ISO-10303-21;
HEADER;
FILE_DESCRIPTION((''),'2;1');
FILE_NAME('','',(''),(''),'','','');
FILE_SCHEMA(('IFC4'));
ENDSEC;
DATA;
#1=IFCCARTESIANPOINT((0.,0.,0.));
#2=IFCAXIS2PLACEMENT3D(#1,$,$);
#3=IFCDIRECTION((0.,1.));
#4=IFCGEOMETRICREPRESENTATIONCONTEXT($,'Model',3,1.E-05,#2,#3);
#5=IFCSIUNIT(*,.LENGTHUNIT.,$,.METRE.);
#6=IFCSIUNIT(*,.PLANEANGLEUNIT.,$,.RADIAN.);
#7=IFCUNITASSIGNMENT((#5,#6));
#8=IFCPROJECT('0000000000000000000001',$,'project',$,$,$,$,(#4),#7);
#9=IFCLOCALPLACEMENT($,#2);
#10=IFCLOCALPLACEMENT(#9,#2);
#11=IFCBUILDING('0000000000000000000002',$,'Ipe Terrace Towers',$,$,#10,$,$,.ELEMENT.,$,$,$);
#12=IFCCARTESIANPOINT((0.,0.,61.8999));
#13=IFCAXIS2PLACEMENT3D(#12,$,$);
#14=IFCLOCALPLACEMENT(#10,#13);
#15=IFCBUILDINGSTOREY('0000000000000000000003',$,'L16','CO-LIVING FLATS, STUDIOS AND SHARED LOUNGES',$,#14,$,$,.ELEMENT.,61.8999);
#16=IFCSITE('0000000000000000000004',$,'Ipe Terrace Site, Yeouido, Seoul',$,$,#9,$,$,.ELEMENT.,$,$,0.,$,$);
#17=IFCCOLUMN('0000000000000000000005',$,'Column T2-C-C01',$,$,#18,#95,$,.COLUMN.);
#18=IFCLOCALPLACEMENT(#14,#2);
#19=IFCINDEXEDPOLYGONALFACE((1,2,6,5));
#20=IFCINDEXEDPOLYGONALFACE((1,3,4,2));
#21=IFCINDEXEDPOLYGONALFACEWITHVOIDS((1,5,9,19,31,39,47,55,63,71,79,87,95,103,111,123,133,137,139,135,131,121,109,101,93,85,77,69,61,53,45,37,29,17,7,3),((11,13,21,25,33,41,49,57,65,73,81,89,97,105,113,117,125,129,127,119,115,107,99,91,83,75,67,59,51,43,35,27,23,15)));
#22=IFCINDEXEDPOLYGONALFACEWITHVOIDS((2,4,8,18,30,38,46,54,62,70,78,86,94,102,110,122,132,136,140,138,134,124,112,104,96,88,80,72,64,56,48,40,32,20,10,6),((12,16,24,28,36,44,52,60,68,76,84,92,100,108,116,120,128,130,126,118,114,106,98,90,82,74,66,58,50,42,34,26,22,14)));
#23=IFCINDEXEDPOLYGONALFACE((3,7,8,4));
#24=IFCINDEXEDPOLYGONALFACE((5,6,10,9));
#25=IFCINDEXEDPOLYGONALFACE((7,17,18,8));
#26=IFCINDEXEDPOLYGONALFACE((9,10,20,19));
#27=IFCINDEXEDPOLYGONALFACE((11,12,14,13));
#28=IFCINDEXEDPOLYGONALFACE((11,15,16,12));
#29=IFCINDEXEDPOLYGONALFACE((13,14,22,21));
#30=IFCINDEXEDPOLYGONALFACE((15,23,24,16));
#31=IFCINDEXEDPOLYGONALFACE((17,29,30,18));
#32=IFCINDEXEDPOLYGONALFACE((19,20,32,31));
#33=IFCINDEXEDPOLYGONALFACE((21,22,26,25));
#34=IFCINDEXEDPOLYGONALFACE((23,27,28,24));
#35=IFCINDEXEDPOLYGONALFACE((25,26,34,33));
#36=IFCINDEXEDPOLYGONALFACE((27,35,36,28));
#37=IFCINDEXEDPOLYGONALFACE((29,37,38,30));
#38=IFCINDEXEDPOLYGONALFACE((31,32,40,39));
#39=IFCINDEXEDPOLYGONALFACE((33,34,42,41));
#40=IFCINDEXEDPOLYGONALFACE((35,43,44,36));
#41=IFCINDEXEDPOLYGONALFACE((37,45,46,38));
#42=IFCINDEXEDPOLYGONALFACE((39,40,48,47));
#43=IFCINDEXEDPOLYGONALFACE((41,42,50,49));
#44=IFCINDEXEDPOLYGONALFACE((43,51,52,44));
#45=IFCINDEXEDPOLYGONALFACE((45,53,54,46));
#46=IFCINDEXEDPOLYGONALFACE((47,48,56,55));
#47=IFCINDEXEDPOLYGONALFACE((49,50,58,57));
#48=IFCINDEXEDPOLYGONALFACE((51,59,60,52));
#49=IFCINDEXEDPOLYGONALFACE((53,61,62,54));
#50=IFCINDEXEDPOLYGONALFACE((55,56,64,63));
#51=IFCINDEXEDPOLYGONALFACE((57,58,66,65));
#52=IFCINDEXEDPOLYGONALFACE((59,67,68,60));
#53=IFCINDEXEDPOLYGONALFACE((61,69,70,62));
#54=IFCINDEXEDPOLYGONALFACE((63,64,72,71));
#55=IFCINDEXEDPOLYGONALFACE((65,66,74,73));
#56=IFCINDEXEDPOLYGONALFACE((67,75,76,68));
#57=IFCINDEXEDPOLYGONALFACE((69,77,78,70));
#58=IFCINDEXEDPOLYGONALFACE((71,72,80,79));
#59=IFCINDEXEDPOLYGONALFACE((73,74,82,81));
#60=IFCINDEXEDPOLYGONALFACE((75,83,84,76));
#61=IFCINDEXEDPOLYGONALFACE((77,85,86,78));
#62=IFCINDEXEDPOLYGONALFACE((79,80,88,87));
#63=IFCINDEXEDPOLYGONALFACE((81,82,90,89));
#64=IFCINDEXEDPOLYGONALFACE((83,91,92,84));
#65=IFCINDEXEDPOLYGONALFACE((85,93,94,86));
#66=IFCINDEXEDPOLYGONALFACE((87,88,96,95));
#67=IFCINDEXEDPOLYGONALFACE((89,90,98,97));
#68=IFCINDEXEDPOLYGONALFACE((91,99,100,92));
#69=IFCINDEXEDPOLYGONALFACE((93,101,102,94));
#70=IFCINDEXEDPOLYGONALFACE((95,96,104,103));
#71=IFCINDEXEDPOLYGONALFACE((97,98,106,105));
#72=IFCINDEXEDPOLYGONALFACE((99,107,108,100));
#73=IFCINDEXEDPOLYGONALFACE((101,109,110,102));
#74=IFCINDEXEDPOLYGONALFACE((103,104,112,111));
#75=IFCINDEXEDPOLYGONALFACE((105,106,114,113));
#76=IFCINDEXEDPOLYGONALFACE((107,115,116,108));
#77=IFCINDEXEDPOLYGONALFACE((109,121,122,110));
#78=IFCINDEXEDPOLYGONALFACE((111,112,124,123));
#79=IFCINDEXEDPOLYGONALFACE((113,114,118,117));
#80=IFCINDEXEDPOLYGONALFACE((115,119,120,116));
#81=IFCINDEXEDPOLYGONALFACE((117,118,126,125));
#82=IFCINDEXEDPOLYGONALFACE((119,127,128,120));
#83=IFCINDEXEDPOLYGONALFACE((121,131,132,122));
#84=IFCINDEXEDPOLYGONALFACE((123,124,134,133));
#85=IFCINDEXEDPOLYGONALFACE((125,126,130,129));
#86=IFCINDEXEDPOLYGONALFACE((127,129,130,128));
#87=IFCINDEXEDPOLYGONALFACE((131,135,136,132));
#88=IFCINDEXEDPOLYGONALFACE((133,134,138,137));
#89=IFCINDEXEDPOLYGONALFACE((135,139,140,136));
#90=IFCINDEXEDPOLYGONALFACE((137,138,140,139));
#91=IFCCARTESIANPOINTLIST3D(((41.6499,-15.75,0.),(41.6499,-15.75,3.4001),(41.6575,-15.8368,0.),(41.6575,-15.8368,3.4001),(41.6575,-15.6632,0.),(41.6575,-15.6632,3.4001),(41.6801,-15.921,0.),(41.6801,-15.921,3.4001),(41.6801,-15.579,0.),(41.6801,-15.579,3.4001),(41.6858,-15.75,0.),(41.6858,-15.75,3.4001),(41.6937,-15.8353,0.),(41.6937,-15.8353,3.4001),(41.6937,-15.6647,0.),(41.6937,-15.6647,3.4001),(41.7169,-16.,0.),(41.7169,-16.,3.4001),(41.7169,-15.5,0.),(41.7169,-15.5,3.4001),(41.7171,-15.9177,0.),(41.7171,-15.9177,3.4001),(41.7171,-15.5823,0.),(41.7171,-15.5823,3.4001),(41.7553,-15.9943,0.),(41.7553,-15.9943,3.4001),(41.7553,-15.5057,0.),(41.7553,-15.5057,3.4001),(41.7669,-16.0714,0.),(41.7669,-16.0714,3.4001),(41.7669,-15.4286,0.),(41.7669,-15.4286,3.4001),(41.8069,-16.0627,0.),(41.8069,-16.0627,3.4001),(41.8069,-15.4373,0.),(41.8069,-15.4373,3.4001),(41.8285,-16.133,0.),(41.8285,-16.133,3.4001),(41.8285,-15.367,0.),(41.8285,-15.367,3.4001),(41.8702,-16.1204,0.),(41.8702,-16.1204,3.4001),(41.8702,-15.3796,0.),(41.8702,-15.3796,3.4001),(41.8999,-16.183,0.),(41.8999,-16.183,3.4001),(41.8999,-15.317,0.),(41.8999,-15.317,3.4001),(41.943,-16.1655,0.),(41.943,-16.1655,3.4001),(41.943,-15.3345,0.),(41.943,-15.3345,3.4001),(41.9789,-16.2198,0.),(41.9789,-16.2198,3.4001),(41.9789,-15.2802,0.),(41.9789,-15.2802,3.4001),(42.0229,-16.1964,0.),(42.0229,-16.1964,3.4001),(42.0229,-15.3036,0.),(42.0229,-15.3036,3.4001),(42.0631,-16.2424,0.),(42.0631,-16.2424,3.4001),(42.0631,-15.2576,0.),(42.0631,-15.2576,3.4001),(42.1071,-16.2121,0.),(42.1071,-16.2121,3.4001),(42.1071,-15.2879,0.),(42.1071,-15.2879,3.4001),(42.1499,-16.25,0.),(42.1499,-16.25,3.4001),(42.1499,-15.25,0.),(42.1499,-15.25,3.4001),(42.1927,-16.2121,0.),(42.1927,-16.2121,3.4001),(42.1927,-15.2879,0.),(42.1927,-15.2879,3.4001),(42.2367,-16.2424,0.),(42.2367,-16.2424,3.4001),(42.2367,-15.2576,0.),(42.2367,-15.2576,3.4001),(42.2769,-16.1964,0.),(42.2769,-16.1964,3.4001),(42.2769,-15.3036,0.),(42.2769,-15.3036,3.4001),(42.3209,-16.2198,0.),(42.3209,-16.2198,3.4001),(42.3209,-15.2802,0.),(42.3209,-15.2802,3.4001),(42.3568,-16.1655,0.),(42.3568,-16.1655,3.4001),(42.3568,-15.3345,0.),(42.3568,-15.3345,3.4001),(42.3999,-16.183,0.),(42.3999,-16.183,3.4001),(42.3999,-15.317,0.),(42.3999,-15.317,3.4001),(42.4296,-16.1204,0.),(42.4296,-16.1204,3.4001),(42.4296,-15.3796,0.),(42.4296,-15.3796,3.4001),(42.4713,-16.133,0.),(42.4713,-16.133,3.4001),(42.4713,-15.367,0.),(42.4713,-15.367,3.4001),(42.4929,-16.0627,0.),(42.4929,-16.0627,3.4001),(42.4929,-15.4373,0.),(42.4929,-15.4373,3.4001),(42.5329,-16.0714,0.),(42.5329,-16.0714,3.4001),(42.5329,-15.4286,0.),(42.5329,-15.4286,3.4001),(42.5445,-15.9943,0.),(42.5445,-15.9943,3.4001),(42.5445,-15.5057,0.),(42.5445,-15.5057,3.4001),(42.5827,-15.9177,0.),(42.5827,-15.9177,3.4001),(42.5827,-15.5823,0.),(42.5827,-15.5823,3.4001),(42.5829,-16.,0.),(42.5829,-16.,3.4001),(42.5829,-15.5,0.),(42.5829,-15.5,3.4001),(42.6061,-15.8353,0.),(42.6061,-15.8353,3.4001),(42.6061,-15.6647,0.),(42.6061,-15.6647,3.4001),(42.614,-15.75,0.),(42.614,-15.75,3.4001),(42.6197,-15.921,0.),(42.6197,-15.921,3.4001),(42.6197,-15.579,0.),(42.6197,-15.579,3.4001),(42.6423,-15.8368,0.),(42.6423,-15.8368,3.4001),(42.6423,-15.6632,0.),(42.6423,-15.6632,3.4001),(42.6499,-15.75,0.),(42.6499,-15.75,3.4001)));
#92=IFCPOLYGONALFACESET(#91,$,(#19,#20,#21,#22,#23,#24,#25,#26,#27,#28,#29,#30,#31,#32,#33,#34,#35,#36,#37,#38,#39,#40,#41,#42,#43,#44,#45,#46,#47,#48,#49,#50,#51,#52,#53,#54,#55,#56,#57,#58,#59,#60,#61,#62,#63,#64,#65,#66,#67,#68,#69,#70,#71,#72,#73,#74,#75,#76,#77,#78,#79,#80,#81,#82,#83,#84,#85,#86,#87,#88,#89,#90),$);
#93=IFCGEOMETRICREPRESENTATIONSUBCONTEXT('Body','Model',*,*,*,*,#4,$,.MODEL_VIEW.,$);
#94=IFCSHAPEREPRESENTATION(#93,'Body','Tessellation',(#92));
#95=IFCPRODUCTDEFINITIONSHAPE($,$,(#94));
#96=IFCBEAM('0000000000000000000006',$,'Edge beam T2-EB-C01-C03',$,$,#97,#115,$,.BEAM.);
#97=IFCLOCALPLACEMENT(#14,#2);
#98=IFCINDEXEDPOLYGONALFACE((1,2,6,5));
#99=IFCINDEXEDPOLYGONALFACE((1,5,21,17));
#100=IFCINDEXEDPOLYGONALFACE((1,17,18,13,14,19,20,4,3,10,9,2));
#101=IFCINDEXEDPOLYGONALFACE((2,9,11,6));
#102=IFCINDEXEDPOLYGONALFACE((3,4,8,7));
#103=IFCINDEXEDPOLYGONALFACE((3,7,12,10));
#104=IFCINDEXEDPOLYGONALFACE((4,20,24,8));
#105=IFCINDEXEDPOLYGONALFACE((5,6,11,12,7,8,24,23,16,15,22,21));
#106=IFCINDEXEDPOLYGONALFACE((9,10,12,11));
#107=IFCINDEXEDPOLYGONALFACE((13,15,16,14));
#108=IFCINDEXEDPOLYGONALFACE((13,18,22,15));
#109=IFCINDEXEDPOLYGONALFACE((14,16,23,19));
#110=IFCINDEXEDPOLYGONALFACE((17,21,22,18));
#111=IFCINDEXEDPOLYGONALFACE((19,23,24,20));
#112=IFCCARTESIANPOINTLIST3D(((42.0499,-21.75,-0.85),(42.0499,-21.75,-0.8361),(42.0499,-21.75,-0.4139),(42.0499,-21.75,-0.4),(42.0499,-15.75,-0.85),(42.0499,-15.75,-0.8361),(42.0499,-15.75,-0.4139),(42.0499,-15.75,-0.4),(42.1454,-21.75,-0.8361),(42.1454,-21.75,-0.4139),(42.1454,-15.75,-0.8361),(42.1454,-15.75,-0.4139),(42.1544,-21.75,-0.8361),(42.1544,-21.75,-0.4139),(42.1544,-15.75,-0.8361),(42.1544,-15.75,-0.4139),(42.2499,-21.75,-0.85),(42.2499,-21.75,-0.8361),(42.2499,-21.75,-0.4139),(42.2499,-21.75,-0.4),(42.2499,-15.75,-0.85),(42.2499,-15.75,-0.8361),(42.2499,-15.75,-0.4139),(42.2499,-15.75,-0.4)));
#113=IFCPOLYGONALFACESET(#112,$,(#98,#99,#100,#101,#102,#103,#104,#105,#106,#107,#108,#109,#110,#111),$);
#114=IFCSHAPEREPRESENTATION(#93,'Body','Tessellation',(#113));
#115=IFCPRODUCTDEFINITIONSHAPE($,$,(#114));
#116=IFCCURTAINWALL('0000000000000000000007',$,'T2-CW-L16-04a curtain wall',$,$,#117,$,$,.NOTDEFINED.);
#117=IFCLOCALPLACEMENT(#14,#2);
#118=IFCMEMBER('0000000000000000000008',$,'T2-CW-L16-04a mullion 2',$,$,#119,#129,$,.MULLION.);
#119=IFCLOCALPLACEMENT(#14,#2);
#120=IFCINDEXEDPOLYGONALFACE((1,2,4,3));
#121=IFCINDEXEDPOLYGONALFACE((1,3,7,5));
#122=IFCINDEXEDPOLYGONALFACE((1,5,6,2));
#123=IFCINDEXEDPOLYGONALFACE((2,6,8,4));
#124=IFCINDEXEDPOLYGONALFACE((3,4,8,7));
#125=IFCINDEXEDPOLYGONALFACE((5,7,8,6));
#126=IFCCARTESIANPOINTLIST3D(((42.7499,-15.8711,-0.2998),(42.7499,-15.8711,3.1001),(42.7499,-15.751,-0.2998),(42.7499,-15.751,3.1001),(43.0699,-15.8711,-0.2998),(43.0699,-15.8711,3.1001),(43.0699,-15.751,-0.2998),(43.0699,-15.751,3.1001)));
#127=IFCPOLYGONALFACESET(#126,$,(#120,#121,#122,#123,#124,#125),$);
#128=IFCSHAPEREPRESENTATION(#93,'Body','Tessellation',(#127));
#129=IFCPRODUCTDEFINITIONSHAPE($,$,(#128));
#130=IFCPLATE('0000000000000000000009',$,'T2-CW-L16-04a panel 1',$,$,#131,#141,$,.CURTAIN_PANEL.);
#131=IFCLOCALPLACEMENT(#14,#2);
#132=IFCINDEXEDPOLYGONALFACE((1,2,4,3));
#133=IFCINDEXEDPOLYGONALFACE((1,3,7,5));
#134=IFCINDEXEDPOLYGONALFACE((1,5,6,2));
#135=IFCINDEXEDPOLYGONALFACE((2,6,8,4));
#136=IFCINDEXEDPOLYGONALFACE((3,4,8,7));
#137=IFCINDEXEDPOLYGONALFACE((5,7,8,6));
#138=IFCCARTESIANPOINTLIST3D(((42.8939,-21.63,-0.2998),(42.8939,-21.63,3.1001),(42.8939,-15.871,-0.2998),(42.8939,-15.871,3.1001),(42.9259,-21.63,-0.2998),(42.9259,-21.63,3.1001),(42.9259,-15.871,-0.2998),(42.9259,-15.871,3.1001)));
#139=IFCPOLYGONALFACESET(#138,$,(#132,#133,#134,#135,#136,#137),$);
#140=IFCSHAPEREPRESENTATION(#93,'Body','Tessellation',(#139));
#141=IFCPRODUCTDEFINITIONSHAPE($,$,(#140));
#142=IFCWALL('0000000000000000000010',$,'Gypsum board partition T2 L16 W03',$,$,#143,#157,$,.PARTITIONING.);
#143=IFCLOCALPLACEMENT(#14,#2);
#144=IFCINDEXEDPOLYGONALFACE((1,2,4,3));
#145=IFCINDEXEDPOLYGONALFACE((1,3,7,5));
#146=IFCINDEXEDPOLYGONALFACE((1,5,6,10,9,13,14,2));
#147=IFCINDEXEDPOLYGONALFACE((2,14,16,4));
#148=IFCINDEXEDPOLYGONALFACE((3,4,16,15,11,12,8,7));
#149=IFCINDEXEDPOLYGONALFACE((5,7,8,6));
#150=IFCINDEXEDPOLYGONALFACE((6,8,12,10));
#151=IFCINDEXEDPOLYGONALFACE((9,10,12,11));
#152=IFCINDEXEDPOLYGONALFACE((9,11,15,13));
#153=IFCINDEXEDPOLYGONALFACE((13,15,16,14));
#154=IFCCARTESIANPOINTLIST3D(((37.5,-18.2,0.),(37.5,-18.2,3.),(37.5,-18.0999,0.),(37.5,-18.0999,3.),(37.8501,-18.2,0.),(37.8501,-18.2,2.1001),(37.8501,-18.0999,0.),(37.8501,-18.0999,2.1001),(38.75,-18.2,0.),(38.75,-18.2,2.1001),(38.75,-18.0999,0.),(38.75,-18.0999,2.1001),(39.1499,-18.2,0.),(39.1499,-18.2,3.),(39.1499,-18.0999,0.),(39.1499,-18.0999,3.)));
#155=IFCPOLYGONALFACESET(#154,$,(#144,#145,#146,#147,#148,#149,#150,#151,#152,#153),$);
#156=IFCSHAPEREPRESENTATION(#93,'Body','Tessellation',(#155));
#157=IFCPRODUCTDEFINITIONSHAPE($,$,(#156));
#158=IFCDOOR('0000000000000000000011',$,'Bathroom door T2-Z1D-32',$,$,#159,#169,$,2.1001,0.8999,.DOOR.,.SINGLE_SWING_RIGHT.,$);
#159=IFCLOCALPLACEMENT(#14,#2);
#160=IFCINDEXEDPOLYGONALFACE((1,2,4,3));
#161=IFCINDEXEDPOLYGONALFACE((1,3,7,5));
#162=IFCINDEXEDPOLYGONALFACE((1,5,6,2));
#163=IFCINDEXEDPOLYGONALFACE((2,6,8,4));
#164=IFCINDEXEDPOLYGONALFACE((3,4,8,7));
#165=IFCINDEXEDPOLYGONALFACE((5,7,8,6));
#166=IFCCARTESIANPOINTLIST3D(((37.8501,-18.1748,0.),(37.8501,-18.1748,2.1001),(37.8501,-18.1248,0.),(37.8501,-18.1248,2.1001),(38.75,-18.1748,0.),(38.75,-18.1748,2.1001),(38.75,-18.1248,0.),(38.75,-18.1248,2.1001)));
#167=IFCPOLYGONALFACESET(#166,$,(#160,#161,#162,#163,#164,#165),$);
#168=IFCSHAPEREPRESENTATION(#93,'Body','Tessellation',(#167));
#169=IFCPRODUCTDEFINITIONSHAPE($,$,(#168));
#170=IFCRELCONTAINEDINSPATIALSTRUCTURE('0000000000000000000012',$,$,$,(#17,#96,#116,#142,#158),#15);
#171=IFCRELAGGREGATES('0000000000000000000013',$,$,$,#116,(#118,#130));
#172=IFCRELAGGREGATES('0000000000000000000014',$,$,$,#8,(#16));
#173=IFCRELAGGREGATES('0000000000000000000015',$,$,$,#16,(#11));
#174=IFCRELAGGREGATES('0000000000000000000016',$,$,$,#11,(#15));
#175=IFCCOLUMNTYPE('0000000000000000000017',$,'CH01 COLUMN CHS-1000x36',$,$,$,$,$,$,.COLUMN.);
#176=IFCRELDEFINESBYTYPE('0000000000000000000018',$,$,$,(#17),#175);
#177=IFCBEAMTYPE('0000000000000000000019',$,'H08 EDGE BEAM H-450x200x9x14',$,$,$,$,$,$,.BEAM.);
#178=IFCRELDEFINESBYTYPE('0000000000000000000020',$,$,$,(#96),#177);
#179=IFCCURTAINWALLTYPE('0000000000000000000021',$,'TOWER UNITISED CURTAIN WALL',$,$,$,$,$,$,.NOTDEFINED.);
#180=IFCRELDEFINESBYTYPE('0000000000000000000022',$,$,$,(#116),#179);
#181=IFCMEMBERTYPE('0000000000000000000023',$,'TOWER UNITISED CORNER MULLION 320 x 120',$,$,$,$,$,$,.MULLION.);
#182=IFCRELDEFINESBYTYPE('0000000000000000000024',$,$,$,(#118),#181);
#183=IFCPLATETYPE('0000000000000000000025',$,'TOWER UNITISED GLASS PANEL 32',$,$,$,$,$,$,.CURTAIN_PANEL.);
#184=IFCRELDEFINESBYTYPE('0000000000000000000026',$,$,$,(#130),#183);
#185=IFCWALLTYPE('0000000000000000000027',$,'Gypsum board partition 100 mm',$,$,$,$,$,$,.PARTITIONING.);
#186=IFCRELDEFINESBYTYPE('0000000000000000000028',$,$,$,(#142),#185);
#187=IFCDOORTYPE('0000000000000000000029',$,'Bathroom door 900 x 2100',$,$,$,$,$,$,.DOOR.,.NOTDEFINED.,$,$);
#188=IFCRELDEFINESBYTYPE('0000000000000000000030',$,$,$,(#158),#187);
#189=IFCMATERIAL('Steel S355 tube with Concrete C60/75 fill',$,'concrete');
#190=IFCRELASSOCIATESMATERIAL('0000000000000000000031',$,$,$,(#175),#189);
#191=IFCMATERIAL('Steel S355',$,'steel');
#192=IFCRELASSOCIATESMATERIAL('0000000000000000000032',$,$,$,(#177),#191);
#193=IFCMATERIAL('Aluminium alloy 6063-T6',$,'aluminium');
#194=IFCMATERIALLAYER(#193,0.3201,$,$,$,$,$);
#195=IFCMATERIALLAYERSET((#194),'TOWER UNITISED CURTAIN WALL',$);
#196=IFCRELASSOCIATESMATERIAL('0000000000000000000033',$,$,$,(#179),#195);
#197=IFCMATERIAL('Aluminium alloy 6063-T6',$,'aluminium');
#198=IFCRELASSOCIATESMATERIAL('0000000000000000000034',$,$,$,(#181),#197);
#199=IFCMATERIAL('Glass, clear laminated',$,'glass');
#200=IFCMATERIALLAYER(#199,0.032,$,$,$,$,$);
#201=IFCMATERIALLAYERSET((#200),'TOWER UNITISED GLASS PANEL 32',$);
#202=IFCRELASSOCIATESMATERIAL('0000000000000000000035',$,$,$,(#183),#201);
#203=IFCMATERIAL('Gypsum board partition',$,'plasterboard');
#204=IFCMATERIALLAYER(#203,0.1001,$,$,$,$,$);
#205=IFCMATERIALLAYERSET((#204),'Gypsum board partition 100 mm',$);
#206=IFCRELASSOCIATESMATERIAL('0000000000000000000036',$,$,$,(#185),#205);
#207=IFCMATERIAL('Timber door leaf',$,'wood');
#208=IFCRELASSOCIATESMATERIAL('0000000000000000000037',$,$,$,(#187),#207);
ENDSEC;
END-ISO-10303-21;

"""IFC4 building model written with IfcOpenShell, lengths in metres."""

from ifc_helpers import new_model, si_unit, direction, frame, frame_2d, origin, origin_2d, place, context, subcontext, project, spatial, rectangle, hollow_circle, i_section, extrude, material, layer, layer_set, material_profile, profile_set, type_object, element, fill, aggregate, save


model = new_model("IFC4")

# Units and contexts
model_context = context("Model", 3, precision=1e-05, world=origin(), true_north=direction((0.0, 1.0)))
body_context = subcontext(model_context, "Body", "Model", "MODEL_VIEW")
ifc_project = project(units=[si_unit("LENGTHUNIT", "METRE"), si_unit("PLANEANGLEUNIT", "RADIAN")], contexts=[model_context])

# Site, building, storey
site_placement = place(None, origin())
site = spatial("IfcSite", under=ifc_project, at=site_placement, Name="Ipe Terrace Site, Yeouido, Seoul", CompositionType="ELEMENT", RefElevation=0.0)
building_placement = place(site_placement, origin())
building = spatial("IfcBuilding", under=site, at=building_placement, Name="Ipe Terrace Towers", CompositionType="ELEMENT")
storey_placement = place(building_placement, frame((0.0, 0.0, 61.8999)))
storey = spatial("IfcBuildingStorey", under=building, at=storey_placement, Name="L16", Description="CO-LIVING FLATS, STUDIOS AND SHARED LOUNGES", CompositionType="ELEMENT", Elevation=61.8999)

# Column
ifc_material_1 = material(Name="Steel S355 tube with Concrete C60/75 fill", Category="concrete")
ifc_material_profile_1 = material_profile(ifc_material_1, hollow_circle(Radius=0.5, WallThickness=0.0359, at=origin_2d()), Name="CHS-1000x36")
ifc_profile_set_1 = profile_set([ifc_material_profile_1], Name="Steel S355 tube with Concrete C60/75 fill")
column_type = type_object("IfcColumnType", Name="CH01 COLUMN CHS-1000x36", PredefinedType="COLUMN", material=ifc_profile_set_1)
column_placement = place(storey_placement, frame((42.1499, -15.75, 0.0), z_axis=(0.0, 0.0, 1.0), x_axis=(1.0, 0.0, 0.0)))
element("IfcColumn", 1, at=column_placement, inside=storey, type_object=column_type, Name="Column T2-C-C01", PredefinedType="COLUMN", context=body_context, shape_type="SweptSolid", body=[
    extrude(hollow_circle(Radius=0.5, WallThickness=0.0359, at=origin_2d()), origin(), (0.0, 0.0, 1.0), 3.4001),
])

# Beam
ifc_material_2 = material(Name="Steel S355", Category="steel")
ifc_material_profile_2 = material_profile(ifc_material_2, i_section(OverallWidth=0.2, OverallDepth=0.45, WebThickness=0.009, FlangeThickness=0.0139, at=origin_2d()), Name="H-450x200x9x14")
ifc_profile_set_2 = profile_set([ifc_material_profile_2], Name="Steel S355")
beam_type = type_object("IfcBeamType", Name="H08 EDGE BEAM H-450x200x9x14", PredefinedType="BEAM", material=ifc_profile_set_2)
beam_placement = place(storey_placement, frame((42.1499, -15.75, -0.625), z_axis=(0.0, -1.0, 0.0), x_axis=(1.0, 0.0, 0.0)))
element("IfcBeam", 2, at=beam_placement, inside=storey, type_object=beam_type, Name="Edge beam T2-EB-C01-C03", PredefinedType="BEAM", context=body_context, shape_type="SweptSolid", body=[
    extrude(i_section(OverallWidth=0.2, OverallDepth=0.45, WebThickness=0.009, FlangeThickness=0.0139, at=origin_2d()), origin(), (0.0, 0.0, 1.0), 6.0),
])

# Curtain wall, member, plate
ifc_material_3 = material(Name="Aluminium alloy 6063-T6", Category="aluminium")
ifc_layer_1 = layer(ifc_material_3, 0.3201)
ifc_layer_set_1 = layer_set([ifc_layer_1], Name="TOWER UNITISED CURTAIN WALL")
curtain_wall_type = type_object("IfcCurtainWallType", Name="TOWER UNITISED CURTAIN WALL", PredefinedType="NOTDEFINED", material=ifc_layer_set_1)
curtain_wall_placement = place(storey_placement, origin())
curtain_wall = element("IfcCurtainWall", 3, at=curtain_wall_placement, inside=storey, type_object=curtain_wall_type, Name="T2-CW-L16-04a curtain wall", PredefinedType="NOTDEFINED")
ifc_material_4 = material(Name="Aluminium alloy 6063-T6", Category="aluminium")
ifc_material_profile_3 = material_profile(ifc_material_4, rectangle(XDim=0.3201, YDim=0.1201, at=origin_2d()), Name="TOWER UNITISED CORNER MULLION 320 x 120")
ifc_profile_set_3 = profile_set([ifc_material_profile_3], Name="Aluminium alloy 6063-T6")
member_type = type_object("IfcMemberType", Name="TOWER UNITISED CORNER MULLION 320 x 120", PredefinedType="MULLION", material=ifc_profile_set_3)
member_placement = place(storey_placement, frame((42.9099, -15.811, -0.2998), z_axis=(0.0, 0.0, 1.0), x_axis=(1.0, 0.0, 0.0)))
member = element("IfcMember", 4, at=member_placement, type_object=member_type, Name="T2-CW-L16-04a mullion 2", PredefinedType="MULLION", context=body_context, shape_type="SweptSolid", body=[
    extrude(rectangle(XDim=0.3201, YDim=0.1201, at=origin_2d()), origin(), (0.0, 0.0, 1.0), 3.3999),
])
ifc_material_5 = material(Name="Glass, clear laminated", Category="glass")
ifc_layer_2 = layer(ifc_material_5, 0.032)
ifc_layer_set_2 = layer_set([ifc_layer_2], Name="TOWER UNITISED GLASS PANEL 32")
plate_type = type_object("IfcPlateType", Name="TOWER UNITISED GLASS PANEL 32", PredefinedType="CURTAIN_PANEL", material=ifc_layer_set_2)
plate_placement = place(storey_placement, frame((42.9099, -18.7505, -0.2998), z_axis=(0.0, 0.0, 1.0), x_axis=(0.0, 1.0, 0.0)))
plate = element("IfcPlate", 5, at=plate_placement, type_object=plate_type, Name="T2-CW-L16-04a panel 1", PredefinedType="CURTAIN_PANEL", context=body_context, shape_type="SweptSolid", body=[
    extrude(rectangle(XDim=5.759, YDim=0.032, at=origin_2d()), origin(), (0.0, 0.0, 1.0), 3.3999),
])
aggregate(curtain_wall, [member, plate])

# Wall, opening, door
ifc_material_6 = material(Name="Gypsum board partition", Category="plasterboard")
ifc_layer_3 = layer(ifc_material_6, 0.1001)
ifc_layer_set_3 = layer_set([ifc_layer_3], Name="Gypsum board partition 100 mm")
wall_type_1 = type_object("IfcWallType", Name="Gypsum board partition 100 mm", PredefinedType="PARTITIONING", material=ifc_layer_set_3)
wall_1_placement = place(storey_placement, frame((39.1499, -18.1499, 0.0), z_axis=(0.0, 0.0, 1.0), x_axis=(-1.0, 0.0, 0.0)))
wall_1 = element("IfcWall", 6, at=wall_1_placement, inside=storey, type_object=wall_type_1, Name="Gypsum board partition T2 L16 W03", PredefinedType="PARTITIONING", context=body_context, shape_type="SweptSolid", body=[
    extrude(rectangle(XDim=1.6499, YDim=0.1001, at=frame_2d((0.825, 0.0))), origin(), (0.0, 0.0, 1.0), 3.0),
])
opening_1_placement = place(wall_1_placement, frame((0.3999, 0.0, 0.0)))
opening_1 = element("IfcOpeningElement", 7, at=opening_1_placement, cuts=wall_1, PredefinedType="OPENING", context=body_context, shape_type="SweptSolid", body=[
    extrude(rectangle(XDim=0.8999, YDim=2.1001, at=frame_2d((0.45, 1.05))), frame((0.0, 0.0601, 0.0), z_axis=(0.0, -1.0, 0.0), x_axis=(1.0, 0.0, 0.0)), (0.0, 0.0, 1.0), 0.1201),
])
ifc_material_7 = material(Name="Timber door leaf", Category="wood")
door_type_1 = type_object("IfcDoorType", Name="Bathroom door 900 x 2100", OperationType="NOTDEFINED", PredefinedType="DOOR", material=ifc_material_7)
door_1_placement = place(opening_1_placement, origin())
door_1 = element("IfcDoor", 8, at=door_1_placement, inside=storey, type_object=door_type_1, Name="Bathroom door T2-Z1D-32", OperationType="SINGLE_SWING_RIGHT", OverallHeight=2.1001, OverallWidth=0.8999, PredefinedType="DOOR", context=body_context, shape_type="SweptSolid", body=[
    extrude(rectangle(XDim=0.8999, YDim=2.1001, at=frame_2d((0.45, 1.05))), frame((0.0, 0.0249, 0.0), z_axis=(0.0, -1.0, 0.0), x_axis=(1.0, 0.0, 0.0)), (0.0, 0.0, 1.0), 0.05),
])
fill(opening_1, door_1)

save(model, "model.ifc")
